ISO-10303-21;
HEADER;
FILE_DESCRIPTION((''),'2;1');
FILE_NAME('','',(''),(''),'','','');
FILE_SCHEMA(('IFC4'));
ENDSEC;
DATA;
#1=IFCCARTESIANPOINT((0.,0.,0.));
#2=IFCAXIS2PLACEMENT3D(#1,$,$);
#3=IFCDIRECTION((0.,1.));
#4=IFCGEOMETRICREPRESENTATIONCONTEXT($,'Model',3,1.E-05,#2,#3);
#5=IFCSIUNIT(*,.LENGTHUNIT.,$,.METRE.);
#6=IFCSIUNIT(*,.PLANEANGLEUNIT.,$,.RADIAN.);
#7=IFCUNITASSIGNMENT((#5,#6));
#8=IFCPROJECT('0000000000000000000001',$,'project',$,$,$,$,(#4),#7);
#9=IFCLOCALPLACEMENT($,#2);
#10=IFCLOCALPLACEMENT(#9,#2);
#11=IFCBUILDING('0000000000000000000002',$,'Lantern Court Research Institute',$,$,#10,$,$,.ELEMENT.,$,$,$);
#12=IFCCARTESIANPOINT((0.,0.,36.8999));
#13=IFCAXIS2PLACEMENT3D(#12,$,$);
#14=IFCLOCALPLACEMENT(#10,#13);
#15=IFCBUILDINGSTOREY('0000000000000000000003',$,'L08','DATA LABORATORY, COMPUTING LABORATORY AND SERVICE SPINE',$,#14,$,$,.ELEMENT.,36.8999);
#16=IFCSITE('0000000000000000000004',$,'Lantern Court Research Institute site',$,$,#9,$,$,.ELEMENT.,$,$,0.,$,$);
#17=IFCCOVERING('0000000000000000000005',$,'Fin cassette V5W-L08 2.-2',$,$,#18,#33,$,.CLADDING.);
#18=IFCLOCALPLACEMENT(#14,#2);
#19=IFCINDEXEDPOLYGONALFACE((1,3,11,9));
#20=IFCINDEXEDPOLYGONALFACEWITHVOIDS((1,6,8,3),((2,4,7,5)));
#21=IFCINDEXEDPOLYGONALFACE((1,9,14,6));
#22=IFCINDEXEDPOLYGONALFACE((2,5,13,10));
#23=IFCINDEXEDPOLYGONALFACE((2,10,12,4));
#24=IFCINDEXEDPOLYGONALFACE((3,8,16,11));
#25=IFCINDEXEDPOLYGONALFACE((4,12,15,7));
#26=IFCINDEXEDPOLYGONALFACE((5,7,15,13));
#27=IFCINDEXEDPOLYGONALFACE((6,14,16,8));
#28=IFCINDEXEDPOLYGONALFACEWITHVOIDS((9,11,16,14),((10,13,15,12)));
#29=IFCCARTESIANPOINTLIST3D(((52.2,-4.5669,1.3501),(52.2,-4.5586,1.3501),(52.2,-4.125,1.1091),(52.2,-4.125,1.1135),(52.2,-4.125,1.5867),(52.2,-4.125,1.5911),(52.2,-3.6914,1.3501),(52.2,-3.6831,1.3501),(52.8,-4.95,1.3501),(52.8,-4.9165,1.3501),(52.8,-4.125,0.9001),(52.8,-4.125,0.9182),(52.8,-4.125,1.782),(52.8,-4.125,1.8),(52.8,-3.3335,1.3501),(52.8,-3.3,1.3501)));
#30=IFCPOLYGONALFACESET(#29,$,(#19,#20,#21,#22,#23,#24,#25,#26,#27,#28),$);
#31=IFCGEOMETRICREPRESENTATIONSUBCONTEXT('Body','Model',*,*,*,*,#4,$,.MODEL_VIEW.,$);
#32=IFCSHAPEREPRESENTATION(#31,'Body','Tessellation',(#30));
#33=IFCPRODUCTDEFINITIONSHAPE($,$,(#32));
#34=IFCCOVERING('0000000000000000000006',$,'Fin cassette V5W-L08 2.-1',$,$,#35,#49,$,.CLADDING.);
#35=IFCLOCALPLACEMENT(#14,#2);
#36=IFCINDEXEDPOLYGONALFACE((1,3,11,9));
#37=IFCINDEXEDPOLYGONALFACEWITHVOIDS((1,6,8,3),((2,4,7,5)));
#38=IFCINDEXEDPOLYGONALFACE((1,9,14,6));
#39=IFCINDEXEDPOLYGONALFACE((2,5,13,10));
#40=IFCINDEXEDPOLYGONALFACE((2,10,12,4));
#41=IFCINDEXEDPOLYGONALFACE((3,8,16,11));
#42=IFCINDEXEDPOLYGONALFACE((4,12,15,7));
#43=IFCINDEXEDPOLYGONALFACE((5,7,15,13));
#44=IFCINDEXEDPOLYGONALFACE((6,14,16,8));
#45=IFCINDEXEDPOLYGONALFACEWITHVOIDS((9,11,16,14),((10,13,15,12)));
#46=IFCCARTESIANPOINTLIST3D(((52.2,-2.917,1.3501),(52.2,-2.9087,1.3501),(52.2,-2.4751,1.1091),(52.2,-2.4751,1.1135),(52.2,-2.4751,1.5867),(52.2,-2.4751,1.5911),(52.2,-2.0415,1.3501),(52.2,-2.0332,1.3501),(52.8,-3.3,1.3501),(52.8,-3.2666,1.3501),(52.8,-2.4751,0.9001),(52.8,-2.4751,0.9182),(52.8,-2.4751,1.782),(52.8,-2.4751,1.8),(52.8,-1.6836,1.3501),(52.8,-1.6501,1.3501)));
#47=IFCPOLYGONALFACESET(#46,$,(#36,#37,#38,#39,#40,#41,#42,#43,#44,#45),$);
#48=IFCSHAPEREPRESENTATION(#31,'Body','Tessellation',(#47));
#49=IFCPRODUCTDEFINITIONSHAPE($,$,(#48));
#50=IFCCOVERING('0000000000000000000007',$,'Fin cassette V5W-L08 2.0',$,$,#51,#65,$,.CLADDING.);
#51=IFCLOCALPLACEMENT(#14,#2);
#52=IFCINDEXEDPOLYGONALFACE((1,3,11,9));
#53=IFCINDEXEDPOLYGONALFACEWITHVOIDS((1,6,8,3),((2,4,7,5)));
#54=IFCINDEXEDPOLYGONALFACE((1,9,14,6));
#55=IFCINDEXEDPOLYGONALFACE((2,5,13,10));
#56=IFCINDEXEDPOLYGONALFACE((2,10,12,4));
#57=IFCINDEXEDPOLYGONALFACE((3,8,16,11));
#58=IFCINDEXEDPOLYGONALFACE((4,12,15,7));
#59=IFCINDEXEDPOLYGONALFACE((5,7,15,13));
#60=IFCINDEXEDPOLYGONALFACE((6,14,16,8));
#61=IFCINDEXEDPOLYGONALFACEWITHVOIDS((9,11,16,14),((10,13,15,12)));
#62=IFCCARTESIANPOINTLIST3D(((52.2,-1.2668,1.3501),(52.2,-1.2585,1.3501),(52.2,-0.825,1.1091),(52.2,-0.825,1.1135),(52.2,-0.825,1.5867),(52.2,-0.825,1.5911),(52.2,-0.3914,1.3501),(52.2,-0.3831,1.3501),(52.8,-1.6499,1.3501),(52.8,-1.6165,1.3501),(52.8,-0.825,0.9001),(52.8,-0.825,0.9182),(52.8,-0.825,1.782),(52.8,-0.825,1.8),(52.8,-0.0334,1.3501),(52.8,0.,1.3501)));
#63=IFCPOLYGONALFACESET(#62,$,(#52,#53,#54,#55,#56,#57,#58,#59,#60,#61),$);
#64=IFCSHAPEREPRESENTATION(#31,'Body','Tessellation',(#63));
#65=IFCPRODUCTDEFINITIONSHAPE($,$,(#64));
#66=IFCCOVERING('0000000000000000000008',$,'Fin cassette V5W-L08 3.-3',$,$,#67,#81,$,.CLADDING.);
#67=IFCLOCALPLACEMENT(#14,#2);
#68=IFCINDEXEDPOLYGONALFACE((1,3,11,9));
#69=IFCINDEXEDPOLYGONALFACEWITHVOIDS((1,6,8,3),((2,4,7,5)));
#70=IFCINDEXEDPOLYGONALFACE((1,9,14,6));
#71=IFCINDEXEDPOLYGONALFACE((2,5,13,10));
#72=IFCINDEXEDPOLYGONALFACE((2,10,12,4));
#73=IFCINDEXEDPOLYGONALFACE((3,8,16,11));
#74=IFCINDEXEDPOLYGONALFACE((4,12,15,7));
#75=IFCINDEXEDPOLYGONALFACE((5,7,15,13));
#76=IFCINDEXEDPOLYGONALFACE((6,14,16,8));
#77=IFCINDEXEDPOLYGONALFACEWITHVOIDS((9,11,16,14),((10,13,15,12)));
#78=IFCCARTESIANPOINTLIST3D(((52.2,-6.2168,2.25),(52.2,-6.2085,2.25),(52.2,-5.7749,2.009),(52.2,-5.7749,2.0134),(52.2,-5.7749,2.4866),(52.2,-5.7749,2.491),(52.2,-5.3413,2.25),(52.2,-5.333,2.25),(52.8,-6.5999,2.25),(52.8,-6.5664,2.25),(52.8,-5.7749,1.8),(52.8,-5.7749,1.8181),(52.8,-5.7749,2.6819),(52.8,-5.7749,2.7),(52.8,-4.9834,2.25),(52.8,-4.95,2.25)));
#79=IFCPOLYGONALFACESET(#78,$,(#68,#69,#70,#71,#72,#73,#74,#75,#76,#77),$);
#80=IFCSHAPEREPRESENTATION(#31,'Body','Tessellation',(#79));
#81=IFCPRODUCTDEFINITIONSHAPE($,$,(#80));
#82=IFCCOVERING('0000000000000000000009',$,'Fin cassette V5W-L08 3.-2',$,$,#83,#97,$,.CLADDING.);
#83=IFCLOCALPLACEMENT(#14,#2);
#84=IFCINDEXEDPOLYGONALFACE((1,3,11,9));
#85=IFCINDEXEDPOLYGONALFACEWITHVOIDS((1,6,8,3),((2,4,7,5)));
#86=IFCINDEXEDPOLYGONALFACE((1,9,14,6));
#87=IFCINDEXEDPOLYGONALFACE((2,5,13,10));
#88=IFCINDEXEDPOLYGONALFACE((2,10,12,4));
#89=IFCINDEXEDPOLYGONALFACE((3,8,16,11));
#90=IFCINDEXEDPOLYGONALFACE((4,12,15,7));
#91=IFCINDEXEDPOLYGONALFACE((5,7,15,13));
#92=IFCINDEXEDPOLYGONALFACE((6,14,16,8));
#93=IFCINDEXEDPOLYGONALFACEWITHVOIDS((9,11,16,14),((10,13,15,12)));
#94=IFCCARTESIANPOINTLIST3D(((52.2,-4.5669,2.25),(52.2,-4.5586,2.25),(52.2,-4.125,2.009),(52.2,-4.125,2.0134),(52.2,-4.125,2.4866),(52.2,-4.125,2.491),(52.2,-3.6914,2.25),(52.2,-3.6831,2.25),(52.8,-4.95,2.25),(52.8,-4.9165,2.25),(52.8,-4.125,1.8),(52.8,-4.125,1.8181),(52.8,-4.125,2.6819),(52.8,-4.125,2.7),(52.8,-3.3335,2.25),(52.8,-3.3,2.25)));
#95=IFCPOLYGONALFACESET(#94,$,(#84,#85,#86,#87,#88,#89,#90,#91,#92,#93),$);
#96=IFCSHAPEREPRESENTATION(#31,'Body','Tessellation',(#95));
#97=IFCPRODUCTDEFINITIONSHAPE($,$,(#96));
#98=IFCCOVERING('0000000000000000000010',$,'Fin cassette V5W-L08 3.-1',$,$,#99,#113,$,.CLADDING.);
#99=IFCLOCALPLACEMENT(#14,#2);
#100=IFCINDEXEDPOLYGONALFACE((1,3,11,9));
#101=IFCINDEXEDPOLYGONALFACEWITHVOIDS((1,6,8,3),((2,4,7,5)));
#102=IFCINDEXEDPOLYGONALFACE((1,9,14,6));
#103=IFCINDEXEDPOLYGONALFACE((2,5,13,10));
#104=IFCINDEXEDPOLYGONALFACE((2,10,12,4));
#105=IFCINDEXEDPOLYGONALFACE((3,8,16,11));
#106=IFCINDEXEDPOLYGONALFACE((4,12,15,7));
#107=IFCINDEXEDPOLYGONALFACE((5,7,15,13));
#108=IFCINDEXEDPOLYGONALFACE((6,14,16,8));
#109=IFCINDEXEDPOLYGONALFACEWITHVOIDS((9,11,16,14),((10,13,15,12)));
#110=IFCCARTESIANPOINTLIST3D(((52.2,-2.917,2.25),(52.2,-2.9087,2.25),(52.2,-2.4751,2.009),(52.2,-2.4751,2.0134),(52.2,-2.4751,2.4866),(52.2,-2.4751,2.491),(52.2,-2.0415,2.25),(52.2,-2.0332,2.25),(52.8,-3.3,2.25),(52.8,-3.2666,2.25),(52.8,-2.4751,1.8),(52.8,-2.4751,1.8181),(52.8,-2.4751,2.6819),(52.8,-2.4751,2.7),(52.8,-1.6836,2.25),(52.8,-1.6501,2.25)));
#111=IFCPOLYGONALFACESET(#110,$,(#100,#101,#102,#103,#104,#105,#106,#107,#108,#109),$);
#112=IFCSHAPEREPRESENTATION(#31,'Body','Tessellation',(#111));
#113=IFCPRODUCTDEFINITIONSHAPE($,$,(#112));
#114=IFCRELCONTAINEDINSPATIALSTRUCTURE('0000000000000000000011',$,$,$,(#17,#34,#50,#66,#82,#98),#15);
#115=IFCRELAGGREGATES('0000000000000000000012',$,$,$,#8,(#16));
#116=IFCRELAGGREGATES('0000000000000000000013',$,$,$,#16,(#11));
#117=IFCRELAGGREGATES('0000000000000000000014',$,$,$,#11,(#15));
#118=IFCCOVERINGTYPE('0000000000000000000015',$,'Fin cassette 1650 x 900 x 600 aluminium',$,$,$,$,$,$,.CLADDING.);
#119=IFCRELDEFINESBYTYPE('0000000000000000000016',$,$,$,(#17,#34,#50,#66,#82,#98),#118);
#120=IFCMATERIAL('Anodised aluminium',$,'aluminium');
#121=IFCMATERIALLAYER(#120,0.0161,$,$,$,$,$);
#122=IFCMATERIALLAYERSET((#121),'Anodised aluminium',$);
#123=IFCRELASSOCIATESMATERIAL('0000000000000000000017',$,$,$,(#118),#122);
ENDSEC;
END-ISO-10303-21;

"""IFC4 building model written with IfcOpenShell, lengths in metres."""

from ifc_helpers import new_model, entity, si_unit, direction, frame, origin, place, context, subcontext, project, spatial, material, layer, layer_set, type_object, element, save


model = new_model("IFC4")

# Units and contexts
model_context = context("Model", 3, precision=1e-05, world=origin(), true_north=direction((0.0, 1.0)))
body_context = subcontext(model_context, "Body", "Model", "MODEL_VIEW")
ifc_project = project(units=[si_unit("LENGTHUNIT", "METRE"), si_unit("PLANEANGLEUNIT", "RADIAN")], contexts=[model_context])

# Site, building, storey
site_placement = place(None, origin())
site = spatial("IfcSite", under=ifc_project, at=site_placement, Name="Lantern Court Research Institute site", CompositionType="ELEMENT", RefElevation=0.0)
building_placement = place(site_placement, origin())
building = spatial("IfcBuilding", under=site, at=building_placement, Name="Lantern Court Research Institute", CompositionType="ELEMENT")
storey_placement = place(building_placement, frame((0.0, 0.0, 36.8999)))
storey = spatial("IfcBuildingStorey", under=building, at=storey_placement, Name="L08", Description="DATA LABORATORY, COMPUTING LABORATORY AND SERVICE SPINE", CompositionType="ELEMENT", Elevation=36.8999)

# Coverings
ifc_material = material(Name="Anodised aluminium", Category="aluminium")
ifc_layer = layer(ifc_material, 0.0161)
ifc_layer_set = layer_set([ifc_layer], Name="Anodised aluminium")
covering_type = type_object("IfcCoveringType", Name="Fin cassette 1650 x 900 x 600 aluminium", PredefinedType="CLADDING", material=ifc_layer_set)
covering_1_placement = place(storey_placement, frame((52.8, -4.125, 1.3501), z_axis=(-1.0, 0.0, 0.0), x_axis=(0.0, -1.0, 0.0)))
cartesian_point_1 = entity("IfcCartesianPoint", [0.825, 0.0])
cartesian_point_2 = entity("IfcCartesianPoint", [0.7915, 0.0])
cartesian_point_3 = entity("IfcCartesianPoint", [0.4419, 0.0])
cartesian_point_4 = entity("IfcCartesianPoint", [0.4336, 0.0])
element("IfcCovering", 1, at=covering_1_placement, inside=storey, type_object=covering_type, Name="Fin cassette V5W-L08 2.-2", PredefinedType="CLADDING", context=body_context, shape_type="SweptSolid", body=[
    entity("IfcExtrudedAreaSolidTapered", entity("IfcArbitraryProfileDefWithVoids", "AREA", None, entity("IfcPolyline", [cartesian_point_1, entity("IfcCartesianPoint", [0.0, 0.45]), entity("IfcCartesianPoint", [-0.825, 0.0]), entity("IfcCartesianPoint", [0.0, -0.45]), cartesian_point_1]), [entity("IfcPolyline", [cartesian_point_2, entity("IfcCartesianPoint", [0.0, 0.4319]), entity("IfcCartesianPoint", [-0.7915, 0.0]), entity("IfcCartesianPoint", [0.0, -0.4319]), cartesian_point_2])]), entity("IfcAxis2Placement3D", entity("IfcCartesianPoint", [0.0, 0.0, 0.0])), entity("IfcDirection", [0.0, 0.0, 1.0]), 0.6001, entity("IfcArbitraryProfileDefWithVoids", "AREA", None, entity("IfcPolyline", [cartesian_point_3, entity("IfcCartesianPoint", [0.0, 0.241]), entity("IfcCartesianPoint", [-0.4419, 0.0]), entity("IfcCartesianPoint", [0.0, -0.241]), cartesian_point_3]), [entity("IfcPolyline", [cartesian_point_4, entity("IfcCartesianPoint", [0.0, 0.2366]), entity("IfcCartesianPoint", [-0.4336, 0.0]), entity("IfcCartesianPoint", [0.0, -0.2366]), cartesian_point_4])])),
])
covering_2_placement = place(storey_placement, frame((52.8, -2.4751, 1.3501), z_axis=(-1.0, 0.0, 0.0), x_axis=(0.0, -1.0, 0.0)))
cartesian_point_5 = entity("IfcCartesianPoint", [0.825, 0.0])
cartesian_point_6 = entity("IfcCartesianPoint", [0.7915, 0.0])
cartesian_point_7 = entity("IfcCartesianPoint", [0.4419, 0.0])
cartesian_point_8 = entity("IfcCartesianPoint", [0.4336, 0.0])
element("IfcCovering", 2, at=covering_2_placement, inside=storey, type_object=covering_type, Name="Fin cassette V5W-L08 2.-1", PredefinedType="CLADDING", context=body_context, shape_type="SweptSolid", body=[
    entity("IfcExtrudedAreaSolidTapered", entity("IfcArbitraryProfileDefWithVoids", "AREA", None, entity("IfcPolyline", [cartesian_point_5, entity("IfcCartesianPoint", [0.0, 0.45]), entity("IfcCartesianPoint", [-0.825, 0.0]), entity("IfcCartesianPoint", [0.0, -0.45]), cartesian_point_5]), [entity("IfcPolyline", [cartesian_point_6, entity("IfcCartesianPoint", [0.0, 0.4319]), entity("IfcCartesianPoint", [-0.7915, 0.0]), entity("IfcCartesianPoint", [0.0, -0.4319]), cartesian_point_6])]), entity("IfcAxis2Placement3D", entity("IfcCartesianPoint", [0.0, 0.0, 0.0])), entity("IfcDirection", [0.0, 0.0, 1.0]), 0.6001, entity("IfcArbitraryProfileDefWithVoids", "AREA", None, entity("IfcPolyline", [cartesian_point_7, entity("IfcCartesianPoint", [0.0, 0.241]), entity("IfcCartesianPoint", [-0.4419, 0.0]), entity("IfcCartesianPoint", [0.0, -0.241]), cartesian_point_7]), [entity("IfcPolyline", [cartesian_point_8, entity("IfcCartesianPoint", [0.0, 0.2366]), entity("IfcCartesianPoint", [-0.4336, 0.0]), entity("IfcCartesianPoint", [0.0, -0.2366]), cartesian_point_8])])),
])
covering_3_placement = place(storey_placement, frame((52.8, -0.825, 1.3501), z_axis=(-1.0, 0.0, 0.0), x_axis=(0.0, -1.0, 0.0)))
cartesian_point_9 = entity("IfcCartesianPoint", [0.825, 0.0])
cartesian_point_10 = entity("IfcCartesianPoint", [0.7915, 0.0])
cartesian_point_11 = entity("IfcCartesianPoint", [0.4419, 0.0])
cartesian_point_12 = entity("IfcCartesianPoint", [0.4336, 0.0])
element("IfcCovering", 3, at=covering_3_placement, inside=storey, type_object=covering_type, Name="Fin cassette V5W-L08 2.0", PredefinedType="CLADDING", context=body_context, shape_type="SweptSolid", body=[
    entity("IfcExtrudedAreaSolidTapered", entity("IfcArbitraryProfileDefWithVoids", "AREA", None, entity("IfcPolyline", [cartesian_point_9, entity("IfcCartesianPoint", [0.0, 0.45]), entity("IfcCartesianPoint", [-0.825, 0.0]), entity("IfcCartesianPoint", [0.0, -0.45]), cartesian_point_9]), [entity("IfcPolyline", [cartesian_point_10, entity("IfcCartesianPoint", [0.0, 0.4319]), entity("IfcCartesianPoint", [-0.7915, 0.0]), entity("IfcCartesianPoint", [0.0, -0.4319]), cartesian_point_10])]), entity("IfcAxis2Placement3D", entity("IfcCartesianPoint", [0.0, 0.0, 0.0])), entity("IfcDirection", [0.0, 0.0, 1.0]), 0.6001, entity("IfcArbitraryProfileDefWithVoids", "AREA", None, entity("IfcPolyline", [cartesian_point_11, entity("IfcCartesianPoint", [0.0, 0.241]), entity("IfcCartesianPoint", [-0.4419, 0.0]), entity("IfcCartesianPoint", [0.0, -0.241]), cartesian_point_11]), [entity("IfcPolyline", [cartesian_point_12, entity("IfcCartesianPoint", [0.0, 0.2366]), entity("IfcCartesianPoint", [-0.4336, 0.0]), entity("IfcCartesianPoint", [0.0, -0.2366]), cartesian_point_12])])),
])
covering_4_placement = place(storey_placement, frame((52.8, -5.7749, 2.25), z_axis=(-1.0, 0.0, 0.0), x_axis=(0.0, -1.0, 0.0)))
cartesian_point_13 = entity("IfcCartesianPoint", [0.825, 0.0])
cartesian_point_14 = entity("IfcCartesianPoint", [0.7915, 0.0])
cartesian_point_15 = entity("IfcCartesianPoint", [0.4419, 0.0])
cartesian_point_16 = entity("IfcCartesianPoint", [0.4336, 0.0])
element("IfcCovering", 4, at=covering_4_placement, inside=storey, type_object=covering_type, Name="Fin cassette V5W-L08 3.-3", PredefinedType="CLADDING", context=body_context, shape_type="SweptSolid", body=[
    entity("IfcExtrudedAreaSolidTapered", entity("IfcArbitraryProfileDefWithVoids", "AREA", None, entity("IfcPolyline", [cartesian_point_13, entity("IfcCartesianPoint", [0.0, 0.45]), entity("IfcCartesianPoint", [-0.825, 0.0]), entity("IfcCartesianPoint", [0.0, -0.45]), cartesian_point_13]), [entity("IfcPolyline", [cartesian_point_14, entity("IfcCartesianPoint", [0.0, 0.4319]), entity("IfcCartesianPoint", [-0.7915, 0.0]), entity("IfcCartesianPoint", [0.0, -0.4319]), cartesian_point_14])]), entity("IfcAxis2Placement3D", entity("IfcCartesianPoint", [0.0, 0.0, 0.0])), entity("IfcDirection", [0.0, 0.0, 1.0]), 0.6001, entity("IfcArbitraryProfileDefWithVoids", "AREA", None, entity("IfcPolyline", [cartesian_point_15, entity("IfcCartesianPoint", [0.0, 0.241]), entity("IfcCartesianPoint", [-0.4419, 0.0]), entity("IfcCartesianPoint", [0.0, -0.241]), cartesian_point_15]), [entity("IfcPolyline", [cartesian_point_16, entity("IfcCartesianPoint", [0.0, 0.2366]), entity("IfcCartesianPoint", [-0.4336, 0.0]), entity("IfcCartesianPoint", [0.0, -0.2366]), cartesian_point_16])])),
])
covering_5_placement = place(storey_placement, frame((52.8, -4.125, 2.25), z_axis=(-1.0, 0.0, 0.0), x_axis=(0.0, -1.0, 0.0)))
cartesian_point_17 = entity("IfcCartesianPoint", [0.825, 0.0])
cartesian_point_18 = entity("IfcCartesianPoint", [0.7915, 0.0])
cartesian_point_19 = entity("IfcCartesianPoint", [0.4419, 0.0])
cartesian_point_20 = entity("IfcCartesianPoint", [0.4336, 0.0])
element("IfcCovering", 5, at=covering_5_placement, inside=storey, type_object=covering_type, Name="Fin cassette V5W-L08 3.-2", PredefinedType="CLADDING", context=body_context, shape_type="SweptSolid", body=[
    entity("IfcExtrudedAreaSolidTapered", entity("IfcArbitraryProfileDefWithVoids", "AREA", None, entity("IfcPolyline", [cartesian_point_17, entity("IfcCartesianPoint", [0.0, 0.45]), entity("IfcCartesianPoint", [-0.825, 0.0]), entity("IfcCartesianPoint", [0.0, -0.45]), cartesian_point_17]), [entity("IfcPolyline", [cartesian_point_18, entity("IfcCartesianPoint", [0.0, 0.4319]), entity("IfcCartesianPoint", [-0.7915, 0.0]), entity("IfcCartesianPoint", [0.0, -0.4319]), cartesian_point_18])]), entity("IfcAxis2Placement3D", entity("IfcCartesianPoint", [0.0, 0.0, 0.0])), entity("IfcDirection", [0.0, 0.0, 1.0]), 0.6001, entity("IfcArbitraryProfileDefWithVoids", "AREA", None, entity("IfcPolyline", [cartesian_point_19, entity("IfcCartesianPoint", [0.0, 0.241]), entity("IfcCartesianPoint", [-0.4419, 0.0]), entity("IfcCartesianPoint", [0.0, -0.241]), cartesian_point_19]), [entity("IfcPolyline", [cartesian_point_20, entity("IfcCartesianPoint", [0.0, 0.2366]), entity("IfcCartesianPoint", [-0.4336, 0.0]), entity("IfcCartesianPoint", [0.0, -0.2366]), cartesian_point_20])])),
])
covering_6_placement = place(storey_placement, frame((52.8, -2.4751, 2.25), z_axis=(-1.0, 0.0, 0.0), x_axis=(0.0, -1.0, 0.0)))
cartesian_point_21 = entity("IfcCartesianPoint", [0.825, 0.0])
cartesian_point_22 = entity("IfcCartesianPoint", [0.7915, 0.0])
cartesian_point_23 = entity("IfcCartesianPoint", [0.4419, 0.0])
cartesian_point_24 = entity("IfcCartesianPoint", [0.4336, 0.0])
element("IfcCovering", 6, at=covering_6_placement, inside=storey, type_object=covering_type, Name="Fin cassette V5W-L08 3.-1", PredefinedType="CLADDING", context=body_context, shape_type="SweptSolid", body=[
    entity("IfcExtrudedAreaSolidTapered", entity("IfcArbitraryProfileDefWithVoids", "AREA", None, entity("IfcPolyline", [cartesian_point_21, entity("IfcCartesianPoint", [0.0, 0.45]), entity("IfcCartesianPoint", [-0.825, 0.0]), entity("IfcCartesianPoint", [0.0, -0.45]), cartesian_point_21]), [entity("IfcPolyline", [cartesian_point_22, entity("IfcCartesianPoint", [0.0, 0.4319]), entity("IfcCartesianPoint", [-0.7915, 0.0]), entity("IfcCartesianPoint", [0.0, -0.4319]), cartesian_point_22])]), entity("IfcAxis2Placement3D", entity("IfcCartesianPoint", [0.0, 0.0, 0.0])), entity("IfcDirection", [0.0, 0.0, 1.0]), 0.6001, entity("IfcArbitraryProfileDefWithVoids", "AREA", None, entity("IfcPolyline", [cartesian_point_23, entity("IfcCartesianPoint", [0.0, 0.241]), entity("IfcCartesianPoint", [-0.4419, 0.0]), entity("IfcCartesianPoint", [0.0, -0.241]), cartesian_point_23]), [entity("IfcPolyline", [cartesian_point_24, entity("IfcCartesianPoint", [0.0, 0.2366]), entity("IfcCartesianPoint", [-0.4336, 0.0]), entity("IfcCartesianPoint", [0.0, -0.2366]), cartesian_point_24])])),
])

save(model, "model.ifc")
